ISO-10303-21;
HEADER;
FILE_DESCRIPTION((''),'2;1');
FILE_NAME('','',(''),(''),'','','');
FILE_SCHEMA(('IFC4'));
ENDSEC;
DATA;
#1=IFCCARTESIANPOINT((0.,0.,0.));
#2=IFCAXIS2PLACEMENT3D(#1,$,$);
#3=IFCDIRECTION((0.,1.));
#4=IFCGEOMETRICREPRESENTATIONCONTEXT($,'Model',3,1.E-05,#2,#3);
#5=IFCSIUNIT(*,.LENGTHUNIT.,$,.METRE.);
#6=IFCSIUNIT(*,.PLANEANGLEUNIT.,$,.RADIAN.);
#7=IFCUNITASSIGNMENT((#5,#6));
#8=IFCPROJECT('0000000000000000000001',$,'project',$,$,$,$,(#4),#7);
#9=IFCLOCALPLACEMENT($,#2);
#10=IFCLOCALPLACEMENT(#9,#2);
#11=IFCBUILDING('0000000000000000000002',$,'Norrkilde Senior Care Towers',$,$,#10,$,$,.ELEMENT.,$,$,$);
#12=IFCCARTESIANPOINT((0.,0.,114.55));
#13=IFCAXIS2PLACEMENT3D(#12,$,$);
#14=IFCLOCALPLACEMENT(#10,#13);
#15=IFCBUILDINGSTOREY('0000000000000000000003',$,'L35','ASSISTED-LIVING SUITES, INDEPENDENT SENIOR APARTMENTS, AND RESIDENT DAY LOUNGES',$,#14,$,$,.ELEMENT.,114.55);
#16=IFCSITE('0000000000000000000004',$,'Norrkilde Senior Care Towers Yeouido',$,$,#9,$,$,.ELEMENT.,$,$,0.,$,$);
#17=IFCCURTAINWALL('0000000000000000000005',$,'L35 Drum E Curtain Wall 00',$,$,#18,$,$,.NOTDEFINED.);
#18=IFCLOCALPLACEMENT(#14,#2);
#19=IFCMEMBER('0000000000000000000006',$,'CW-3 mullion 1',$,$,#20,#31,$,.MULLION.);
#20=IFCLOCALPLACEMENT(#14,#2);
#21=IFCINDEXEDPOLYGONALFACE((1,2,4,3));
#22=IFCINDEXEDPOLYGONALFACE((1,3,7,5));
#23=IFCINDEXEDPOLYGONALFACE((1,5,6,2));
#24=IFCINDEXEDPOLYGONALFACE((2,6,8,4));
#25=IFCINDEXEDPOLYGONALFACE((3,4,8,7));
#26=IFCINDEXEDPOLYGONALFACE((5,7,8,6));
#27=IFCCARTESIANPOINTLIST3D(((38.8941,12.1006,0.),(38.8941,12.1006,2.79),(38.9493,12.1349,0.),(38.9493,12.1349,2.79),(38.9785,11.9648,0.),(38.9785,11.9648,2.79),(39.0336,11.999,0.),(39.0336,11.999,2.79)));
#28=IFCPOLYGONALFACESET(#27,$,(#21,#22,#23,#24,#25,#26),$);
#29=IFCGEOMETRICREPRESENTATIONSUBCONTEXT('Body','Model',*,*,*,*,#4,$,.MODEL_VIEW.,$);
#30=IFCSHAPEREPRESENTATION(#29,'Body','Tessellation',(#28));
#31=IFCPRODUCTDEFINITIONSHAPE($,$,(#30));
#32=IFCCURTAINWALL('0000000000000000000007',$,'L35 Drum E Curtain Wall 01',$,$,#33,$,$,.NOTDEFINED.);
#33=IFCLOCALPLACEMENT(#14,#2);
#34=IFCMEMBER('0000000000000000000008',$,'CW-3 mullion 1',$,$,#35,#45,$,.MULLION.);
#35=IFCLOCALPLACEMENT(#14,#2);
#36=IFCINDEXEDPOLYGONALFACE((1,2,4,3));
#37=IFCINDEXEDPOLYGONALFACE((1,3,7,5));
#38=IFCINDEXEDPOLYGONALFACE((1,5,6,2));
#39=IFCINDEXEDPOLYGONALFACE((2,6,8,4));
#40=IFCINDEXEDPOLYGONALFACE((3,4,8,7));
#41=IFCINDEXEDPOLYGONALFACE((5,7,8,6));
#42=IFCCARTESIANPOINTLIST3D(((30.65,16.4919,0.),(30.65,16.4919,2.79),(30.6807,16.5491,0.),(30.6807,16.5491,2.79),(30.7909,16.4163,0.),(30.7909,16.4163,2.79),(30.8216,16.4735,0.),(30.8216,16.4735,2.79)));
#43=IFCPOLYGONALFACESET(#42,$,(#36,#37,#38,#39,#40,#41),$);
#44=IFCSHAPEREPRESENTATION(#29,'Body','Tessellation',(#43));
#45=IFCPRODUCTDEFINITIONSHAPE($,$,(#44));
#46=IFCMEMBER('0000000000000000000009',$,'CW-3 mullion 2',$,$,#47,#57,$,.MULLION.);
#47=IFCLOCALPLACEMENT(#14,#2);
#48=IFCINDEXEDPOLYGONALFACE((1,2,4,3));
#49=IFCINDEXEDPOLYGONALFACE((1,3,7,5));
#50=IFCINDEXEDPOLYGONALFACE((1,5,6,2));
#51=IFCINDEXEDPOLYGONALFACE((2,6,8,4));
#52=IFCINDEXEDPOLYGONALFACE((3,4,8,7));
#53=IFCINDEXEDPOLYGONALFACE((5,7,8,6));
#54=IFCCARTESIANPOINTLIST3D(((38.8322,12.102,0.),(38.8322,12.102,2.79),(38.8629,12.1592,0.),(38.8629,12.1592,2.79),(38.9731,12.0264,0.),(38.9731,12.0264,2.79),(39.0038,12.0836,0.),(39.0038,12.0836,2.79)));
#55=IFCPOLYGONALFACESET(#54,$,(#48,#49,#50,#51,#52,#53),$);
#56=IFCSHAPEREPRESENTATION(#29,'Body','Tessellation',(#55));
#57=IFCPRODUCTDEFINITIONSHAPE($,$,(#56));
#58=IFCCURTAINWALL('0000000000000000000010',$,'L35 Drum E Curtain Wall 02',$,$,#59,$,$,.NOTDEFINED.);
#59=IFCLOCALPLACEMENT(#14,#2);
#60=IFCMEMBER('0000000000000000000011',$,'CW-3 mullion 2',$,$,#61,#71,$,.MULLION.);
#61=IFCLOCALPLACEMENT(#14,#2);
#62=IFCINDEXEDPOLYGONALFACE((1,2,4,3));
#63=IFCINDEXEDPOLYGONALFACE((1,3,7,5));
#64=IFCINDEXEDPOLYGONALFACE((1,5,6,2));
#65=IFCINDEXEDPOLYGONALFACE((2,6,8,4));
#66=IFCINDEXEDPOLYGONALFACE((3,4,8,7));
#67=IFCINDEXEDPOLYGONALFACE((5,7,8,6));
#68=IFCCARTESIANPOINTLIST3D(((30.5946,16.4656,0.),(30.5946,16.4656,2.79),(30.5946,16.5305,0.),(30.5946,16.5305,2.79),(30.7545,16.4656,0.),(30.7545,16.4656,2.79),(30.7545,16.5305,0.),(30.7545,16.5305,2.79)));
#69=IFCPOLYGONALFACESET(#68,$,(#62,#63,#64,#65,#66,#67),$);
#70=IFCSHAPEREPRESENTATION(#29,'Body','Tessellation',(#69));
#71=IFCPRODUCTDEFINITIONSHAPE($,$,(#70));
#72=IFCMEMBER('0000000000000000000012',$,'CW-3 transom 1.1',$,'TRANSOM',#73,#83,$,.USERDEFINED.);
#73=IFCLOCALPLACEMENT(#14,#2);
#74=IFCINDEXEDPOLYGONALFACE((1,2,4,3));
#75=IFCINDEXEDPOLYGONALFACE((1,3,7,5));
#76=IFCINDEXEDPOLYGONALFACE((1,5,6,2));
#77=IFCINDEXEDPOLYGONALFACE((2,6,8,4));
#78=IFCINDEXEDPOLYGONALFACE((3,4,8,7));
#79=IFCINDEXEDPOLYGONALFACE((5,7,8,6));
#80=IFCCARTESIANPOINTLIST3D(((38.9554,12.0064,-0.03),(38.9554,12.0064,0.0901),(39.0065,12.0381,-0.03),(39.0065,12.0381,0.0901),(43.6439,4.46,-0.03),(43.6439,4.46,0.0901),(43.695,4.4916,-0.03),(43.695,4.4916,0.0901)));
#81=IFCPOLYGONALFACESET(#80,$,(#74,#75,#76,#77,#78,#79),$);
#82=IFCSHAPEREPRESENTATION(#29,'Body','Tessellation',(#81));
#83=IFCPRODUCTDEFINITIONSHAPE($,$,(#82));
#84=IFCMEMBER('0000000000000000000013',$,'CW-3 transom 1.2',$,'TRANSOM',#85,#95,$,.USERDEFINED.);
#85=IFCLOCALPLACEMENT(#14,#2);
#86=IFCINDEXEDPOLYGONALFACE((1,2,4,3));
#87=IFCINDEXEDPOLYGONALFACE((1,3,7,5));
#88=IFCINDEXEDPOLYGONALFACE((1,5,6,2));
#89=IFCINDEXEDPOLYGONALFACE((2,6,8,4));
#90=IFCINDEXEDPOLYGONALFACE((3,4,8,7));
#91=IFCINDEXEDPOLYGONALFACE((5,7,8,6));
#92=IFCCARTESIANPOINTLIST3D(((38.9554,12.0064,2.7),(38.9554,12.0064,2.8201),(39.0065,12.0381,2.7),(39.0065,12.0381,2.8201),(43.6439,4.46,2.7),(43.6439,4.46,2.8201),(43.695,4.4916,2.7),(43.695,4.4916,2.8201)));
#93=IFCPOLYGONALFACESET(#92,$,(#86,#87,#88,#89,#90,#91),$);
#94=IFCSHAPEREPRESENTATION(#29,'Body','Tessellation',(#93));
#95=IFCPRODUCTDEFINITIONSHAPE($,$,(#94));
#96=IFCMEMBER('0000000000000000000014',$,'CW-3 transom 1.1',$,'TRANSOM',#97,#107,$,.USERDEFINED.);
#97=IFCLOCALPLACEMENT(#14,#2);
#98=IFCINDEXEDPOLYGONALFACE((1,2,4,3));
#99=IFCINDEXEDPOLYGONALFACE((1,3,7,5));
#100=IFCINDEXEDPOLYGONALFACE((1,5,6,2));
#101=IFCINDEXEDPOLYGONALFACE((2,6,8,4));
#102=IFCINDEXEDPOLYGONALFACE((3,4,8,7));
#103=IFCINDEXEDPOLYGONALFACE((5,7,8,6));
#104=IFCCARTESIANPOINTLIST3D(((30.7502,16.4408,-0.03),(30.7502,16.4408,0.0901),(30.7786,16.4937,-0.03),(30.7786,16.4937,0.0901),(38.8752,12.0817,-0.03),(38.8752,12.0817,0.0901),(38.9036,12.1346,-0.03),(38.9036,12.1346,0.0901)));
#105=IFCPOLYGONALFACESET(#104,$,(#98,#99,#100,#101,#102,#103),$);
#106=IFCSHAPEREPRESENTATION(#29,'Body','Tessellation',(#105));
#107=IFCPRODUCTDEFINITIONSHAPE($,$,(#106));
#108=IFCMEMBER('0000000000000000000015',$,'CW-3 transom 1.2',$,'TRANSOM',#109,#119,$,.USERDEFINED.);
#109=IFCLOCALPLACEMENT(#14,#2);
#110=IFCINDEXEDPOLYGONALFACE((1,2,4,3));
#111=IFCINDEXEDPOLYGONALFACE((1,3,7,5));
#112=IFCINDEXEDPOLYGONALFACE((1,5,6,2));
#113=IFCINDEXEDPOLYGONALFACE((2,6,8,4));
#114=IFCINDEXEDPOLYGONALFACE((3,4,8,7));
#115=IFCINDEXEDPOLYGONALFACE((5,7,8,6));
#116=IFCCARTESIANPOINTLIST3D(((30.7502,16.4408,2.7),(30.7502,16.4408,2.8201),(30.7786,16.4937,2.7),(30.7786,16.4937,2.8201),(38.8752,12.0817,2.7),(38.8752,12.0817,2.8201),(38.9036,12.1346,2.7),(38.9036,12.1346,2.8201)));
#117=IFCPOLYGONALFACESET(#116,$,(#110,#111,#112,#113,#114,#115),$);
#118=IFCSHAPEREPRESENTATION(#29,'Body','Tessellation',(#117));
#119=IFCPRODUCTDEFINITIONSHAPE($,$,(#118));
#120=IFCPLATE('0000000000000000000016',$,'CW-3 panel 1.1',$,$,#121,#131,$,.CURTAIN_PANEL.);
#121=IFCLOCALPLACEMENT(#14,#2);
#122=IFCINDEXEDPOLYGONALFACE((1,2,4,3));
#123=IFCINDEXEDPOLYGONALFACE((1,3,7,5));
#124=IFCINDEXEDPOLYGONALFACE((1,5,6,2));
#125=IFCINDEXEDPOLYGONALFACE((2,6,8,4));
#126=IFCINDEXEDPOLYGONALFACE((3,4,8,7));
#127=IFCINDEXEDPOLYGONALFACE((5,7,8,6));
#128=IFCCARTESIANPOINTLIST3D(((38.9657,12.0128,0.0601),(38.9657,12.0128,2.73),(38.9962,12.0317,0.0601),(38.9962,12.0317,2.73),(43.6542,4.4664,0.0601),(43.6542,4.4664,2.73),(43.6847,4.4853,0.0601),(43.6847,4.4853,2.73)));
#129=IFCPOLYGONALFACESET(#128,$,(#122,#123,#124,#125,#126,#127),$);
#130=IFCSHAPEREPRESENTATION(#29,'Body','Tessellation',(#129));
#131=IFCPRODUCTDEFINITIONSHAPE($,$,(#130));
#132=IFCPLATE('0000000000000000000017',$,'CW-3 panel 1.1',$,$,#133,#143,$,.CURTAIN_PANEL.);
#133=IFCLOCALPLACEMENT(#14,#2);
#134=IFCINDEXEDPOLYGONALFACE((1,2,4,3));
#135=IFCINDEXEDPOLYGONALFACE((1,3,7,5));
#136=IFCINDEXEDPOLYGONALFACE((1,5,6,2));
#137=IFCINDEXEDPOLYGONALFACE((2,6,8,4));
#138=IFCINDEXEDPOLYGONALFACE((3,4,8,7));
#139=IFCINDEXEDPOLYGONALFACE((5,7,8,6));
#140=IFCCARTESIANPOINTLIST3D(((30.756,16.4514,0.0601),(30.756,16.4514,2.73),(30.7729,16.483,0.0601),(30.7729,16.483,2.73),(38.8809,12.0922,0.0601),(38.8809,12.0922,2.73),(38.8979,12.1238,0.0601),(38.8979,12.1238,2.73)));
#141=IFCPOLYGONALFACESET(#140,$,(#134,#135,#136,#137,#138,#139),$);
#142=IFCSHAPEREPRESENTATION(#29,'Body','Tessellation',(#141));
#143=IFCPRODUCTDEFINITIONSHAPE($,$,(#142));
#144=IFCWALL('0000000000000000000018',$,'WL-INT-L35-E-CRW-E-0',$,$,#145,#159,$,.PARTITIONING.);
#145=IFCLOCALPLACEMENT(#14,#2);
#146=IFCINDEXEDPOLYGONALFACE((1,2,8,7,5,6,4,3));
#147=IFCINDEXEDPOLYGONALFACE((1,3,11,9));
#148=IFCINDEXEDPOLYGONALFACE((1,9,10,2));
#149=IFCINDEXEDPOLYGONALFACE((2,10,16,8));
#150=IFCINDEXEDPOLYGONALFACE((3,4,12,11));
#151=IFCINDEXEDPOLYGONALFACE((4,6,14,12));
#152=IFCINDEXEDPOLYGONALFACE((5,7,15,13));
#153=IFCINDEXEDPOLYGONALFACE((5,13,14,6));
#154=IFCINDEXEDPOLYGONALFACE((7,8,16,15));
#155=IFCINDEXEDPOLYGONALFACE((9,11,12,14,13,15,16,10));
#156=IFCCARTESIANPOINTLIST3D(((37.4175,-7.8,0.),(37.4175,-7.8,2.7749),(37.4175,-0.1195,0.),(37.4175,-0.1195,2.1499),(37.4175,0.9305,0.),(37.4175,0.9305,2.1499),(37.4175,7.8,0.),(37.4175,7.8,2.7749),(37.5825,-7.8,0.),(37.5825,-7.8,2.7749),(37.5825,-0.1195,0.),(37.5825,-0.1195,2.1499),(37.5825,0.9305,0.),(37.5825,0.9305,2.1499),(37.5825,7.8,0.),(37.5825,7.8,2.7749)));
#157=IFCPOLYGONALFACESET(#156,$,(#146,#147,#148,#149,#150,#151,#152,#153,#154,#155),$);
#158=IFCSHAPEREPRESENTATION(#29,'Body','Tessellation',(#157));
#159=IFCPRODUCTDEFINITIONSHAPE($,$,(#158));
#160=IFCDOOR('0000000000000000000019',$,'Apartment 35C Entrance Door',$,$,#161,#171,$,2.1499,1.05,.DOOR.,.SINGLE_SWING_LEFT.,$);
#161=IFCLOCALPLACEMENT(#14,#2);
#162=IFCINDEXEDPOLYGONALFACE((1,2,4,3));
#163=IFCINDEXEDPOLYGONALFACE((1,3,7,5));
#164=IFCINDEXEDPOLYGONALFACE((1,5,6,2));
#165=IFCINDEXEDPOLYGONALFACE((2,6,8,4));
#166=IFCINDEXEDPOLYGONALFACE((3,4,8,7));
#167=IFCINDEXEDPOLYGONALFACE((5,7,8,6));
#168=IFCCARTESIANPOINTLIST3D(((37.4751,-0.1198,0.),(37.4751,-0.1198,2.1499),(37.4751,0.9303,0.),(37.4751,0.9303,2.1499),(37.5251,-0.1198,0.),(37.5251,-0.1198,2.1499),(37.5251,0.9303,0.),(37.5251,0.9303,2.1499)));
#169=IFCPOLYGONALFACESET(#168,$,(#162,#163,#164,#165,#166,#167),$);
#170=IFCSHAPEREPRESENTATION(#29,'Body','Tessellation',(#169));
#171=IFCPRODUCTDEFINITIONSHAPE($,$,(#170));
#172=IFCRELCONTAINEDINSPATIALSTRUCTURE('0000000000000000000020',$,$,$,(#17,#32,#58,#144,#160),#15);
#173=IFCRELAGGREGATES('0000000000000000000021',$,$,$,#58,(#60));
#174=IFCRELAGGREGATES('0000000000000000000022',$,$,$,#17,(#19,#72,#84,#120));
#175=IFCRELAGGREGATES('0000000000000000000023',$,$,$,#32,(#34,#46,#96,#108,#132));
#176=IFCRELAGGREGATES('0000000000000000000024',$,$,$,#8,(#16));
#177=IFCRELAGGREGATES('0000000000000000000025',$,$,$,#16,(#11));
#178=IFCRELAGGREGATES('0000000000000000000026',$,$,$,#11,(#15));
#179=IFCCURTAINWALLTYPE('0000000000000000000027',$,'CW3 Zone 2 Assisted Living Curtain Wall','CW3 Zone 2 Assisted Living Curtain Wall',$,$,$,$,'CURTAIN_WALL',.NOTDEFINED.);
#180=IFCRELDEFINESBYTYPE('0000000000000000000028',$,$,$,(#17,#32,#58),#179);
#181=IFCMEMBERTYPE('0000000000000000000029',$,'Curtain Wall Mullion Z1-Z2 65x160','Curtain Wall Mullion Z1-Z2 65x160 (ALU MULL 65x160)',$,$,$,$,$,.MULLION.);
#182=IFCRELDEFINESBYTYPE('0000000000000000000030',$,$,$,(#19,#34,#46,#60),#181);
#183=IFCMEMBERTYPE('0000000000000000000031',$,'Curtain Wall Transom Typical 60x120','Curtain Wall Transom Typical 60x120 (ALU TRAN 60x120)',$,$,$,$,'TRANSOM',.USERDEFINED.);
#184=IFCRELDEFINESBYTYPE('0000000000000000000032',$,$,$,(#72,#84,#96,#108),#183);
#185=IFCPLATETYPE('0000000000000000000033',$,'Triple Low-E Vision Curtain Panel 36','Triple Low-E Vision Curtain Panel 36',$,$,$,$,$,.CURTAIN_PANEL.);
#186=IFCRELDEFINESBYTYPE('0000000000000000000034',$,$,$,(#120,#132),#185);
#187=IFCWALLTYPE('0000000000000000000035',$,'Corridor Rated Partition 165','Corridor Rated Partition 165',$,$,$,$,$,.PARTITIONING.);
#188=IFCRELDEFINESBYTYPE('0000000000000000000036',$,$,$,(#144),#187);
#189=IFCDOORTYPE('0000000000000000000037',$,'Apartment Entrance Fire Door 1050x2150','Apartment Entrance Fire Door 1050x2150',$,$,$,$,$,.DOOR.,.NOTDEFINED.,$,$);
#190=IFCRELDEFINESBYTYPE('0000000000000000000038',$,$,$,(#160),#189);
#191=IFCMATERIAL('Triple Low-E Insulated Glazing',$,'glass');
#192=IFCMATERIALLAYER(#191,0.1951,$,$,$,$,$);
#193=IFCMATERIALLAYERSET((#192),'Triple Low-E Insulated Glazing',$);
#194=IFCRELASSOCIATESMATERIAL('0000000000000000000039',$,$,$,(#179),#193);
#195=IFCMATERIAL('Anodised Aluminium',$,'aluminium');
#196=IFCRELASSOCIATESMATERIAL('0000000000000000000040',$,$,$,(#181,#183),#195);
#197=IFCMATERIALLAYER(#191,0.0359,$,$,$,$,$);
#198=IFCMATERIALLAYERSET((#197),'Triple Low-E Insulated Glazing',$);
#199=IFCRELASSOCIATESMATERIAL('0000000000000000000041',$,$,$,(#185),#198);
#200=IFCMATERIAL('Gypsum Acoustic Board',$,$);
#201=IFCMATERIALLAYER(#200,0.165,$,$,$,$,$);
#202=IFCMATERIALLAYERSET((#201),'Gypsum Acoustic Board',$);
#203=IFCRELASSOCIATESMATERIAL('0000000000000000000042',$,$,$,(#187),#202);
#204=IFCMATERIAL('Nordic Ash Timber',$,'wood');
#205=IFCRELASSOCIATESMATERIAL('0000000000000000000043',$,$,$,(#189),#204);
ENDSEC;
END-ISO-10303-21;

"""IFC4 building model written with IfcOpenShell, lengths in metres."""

from ifc_helpers import new_model, si_unit, direction, frame, frame_2d, origin, origin_2d, place, context, subcontext, project, spatial, rectangle, extrude, source, transform, mapped, material, layer, layer_set, material_profile, profile_set, type_object, type_shapes, element, fill, aggregate, save


model = new_model("IFC4")

# Units and contexts
model_context = context("Model", 3, precision=1e-05, world=origin(), true_north=direction((0.0, 1.0)))
body_context = subcontext(model_context, "Body", "Model", "MODEL_VIEW")
ifc_project = project(units=[si_unit("LENGTHUNIT", "METRE"), si_unit("PLANEANGLEUNIT", "RADIAN")], contexts=[model_context])

# Site, building, storey
site_placement = place(None, origin())
site = spatial("IfcSite", under=ifc_project, at=site_placement, Name="Norrkilde Senior Care Towers Yeouido", CompositionType="ELEMENT", RefElevation=0.0)
building_placement = place(site_placement, origin())
building = spatial("IfcBuilding", under=site, at=building_placement, Name="Norrkilde Senior Care Towers", CompositionType="ELEMENT")
storey_placement = place(building_placement, frame((0.0, 0.0, 114.55)))
storey = spatial("IfcBuildingStorey", under=building, at=storey_placement, Name="L35", Description="ASSISTED-LIVING SUITES, INDEPENDENT SENIOR APARTMENTS, AND RESIDENT DAY LOUNGES", CompositionType="ELEMENT", Elevation=114.55)

# Curtain wall, member
ifc_material_1 = material(Name="Triple Low-E Insulated Glazing", Category="glass")
ifc_layer_1 = layer(ifc_material_1, 0.1951)
ifc_layer_set_1 = layer_set([ifc_layer_1], Name="Triple Low-E Insulated Glazing")
curtain_wall_type = type_object("IfcCurtainWallType", Name="CW3 Zone 2 Assisted Living Curtain Wall", Description="CW3 Zone 2 Assisted Living Curtain Wall", ElementType="CURTAIN_WALL", PredefinedType="NOTDEFINED", material=ifc_layer_set_1)
curtain_wall_1_placement = place(storey_placement, origin())
curtain_wall_1 = element("IfcCurtainWall", 1, at=curtain_wall_1_placement, inside=storey, type_object=curtain_wall_type, Name="L35 Drum E Curtain Wall 00", PredefinedType="NOTDEFINED")
ifc_material_2 = material(Name="Anodised Aluminium", Category="aluminium")
ifc_material_profile_1 = material_profile(ifc_material_2, rectangle(XDim=0.0649, YDim=0.1599, at=origin_2d()), Name="ALU MULL 65x160")
ifc_profile_set_1 = profile_set([ifc_material_profile_1], Name="Anodised Aluminium")
member_type_1 = type_object("IfcMemberType", Name="Curtain Wall Mullion Z1-Z2 65x160", Description="Curtain Wall Mullion Z1-Z2 65x160 (ALU MULL 65x160)", PredefinedType="MULLION", material=ifc_profile_set_1)
shared_shape_1 = source(origin(), body_context, "Body", "SweptSolid", [
    extrude(rectangle(XDim=0.0649, YDim=0.1599, at=origin_2d()), origin(), (0.0, 0.0, 1.0), 2.79),
])
type_shapes(member_type_1, [shared_shape_1])
member_1_placement = place(storey_placement, frame((38.9639, 12.0498, 0.0), z_axis=(0.0, 0.0, 1.0), x_axis=(0.84941, 0.527733, 0.0)))
member_1 = element("IfcMember", 2, at=member_1_placement, type_object=member_type_1, Name="CW-3 mullion 1", PredefinedType="MULLION", context=body_context, shape_type="MappedRepresentation", body=[
    mapped(shared_shape_1, transform((0.0, 0.0, 0.0), x_axis=(1.0, 0.0, 0.0), y_axis=(0.0, 1.0, 0.0), z_axis=(0.0, 0.0, 1.0), scale=1.0)),
])

# Curtain wall, members
curtain_wall_2_placement = place(storey_placement, origin())
curtain_wall_2 = element("IfcCurtainWall", 3, at=curtain_wall_2_placement, inside=storey, type_object=curtain_wall_type, Name="L35 Drum E Curtain Wall 01", PredefinedType="NOTDEFINED")
member_2_placement = place(storey_placement, frame((30.7358, 16.4827, 0.0), z_axis=(0.0, 0.0, 1.0), x_axis=(0.472769, 0.881186, 0.0)))
member_2 = element("IfcMember", 4, at=member_2_placement, type_object=member_type_1, Name="CW-3 mullion 1", PredefinedType="MULLION", context=body_context, shape_type="MappedRepresentation", body=[
    mapped(shared_shape_1, transform((0.0, 0.0, 0.0), x_axis=(1.0, 0.0, 0.0), y_axis=(0.0, 1.0, 0.0), z_axis=(0.0, 0.0, 1.0), scale=1.0)),
])
member_3_placement = place(storey_placement, frame((38.918, 12.0928, 0.0), z_axis=(0.0, 0.0, 1.0), x_axis=(0.472769, 0.881186, 0.0)))
member_3 = element("IfcMember", 5, at=member_3_placement, type_object=member_type_1, Name="CW-3 mullion 2", PredefinedType="MULLION", context=body_context, shape_type="MappedRepresentation", body=[
    mapped(shared_shape_1, transform((0.0, 0.0, 0.0), x_axis=(1.0, 0.0, 0.0), y_axis=(0.0, 1.0, 0.0), z_axis=(0.0, 0.0, 1.0), scale=1.0)),
])

# Curtain wall, member
curtain_wall_3_placement = place(storey_placement, origin())
curtain_wall_3 = element("IfcCurtainWall", 6, at=curtain_wall_3_placement, inside=storey, type_object=curtain_wall_type, Name="L35 Drum E Curtain Wall 02", PredefinedType="NOTDEFINED")
member_4_placement = place(storey_placement, frame((30.6746, 16.498, 0.0), z_axis=(0.0, 0.0, 1.0), x_axis=(0.0, 1.0, 0.0)))
member_4 = element("IfcMember", 7, at=member_4_placement, type_object=member_type_1, Name="CW-3 mullion 2", PredefinedType="MULLION", context=body_context, shape_type="MappedRepresentation", body=[
    mapped(shared_shape_1, transform((0.0, 0.0, 0.0), x_axis=(1.0, 0.0, 0.0), y_axis=(0.0, 1.0, 0.0), z_axis=(0.0, 0.0, 1.0), scale=1.0)),
])
aggregate(curtain_wall_3, [member_4])

# Members
ifc_material_profile_2 = material_profile(ifc_material_2, rectangle(XDim=0.0601, YDim=0.1201, at=origin_2d()), Name="ALU TRAN 60x120")
ifc_profile_set_2 = profile_set([ifc_material_profile_2], Name="Anodised Aluminium")
member_type_2 = type_object("IfcMemberType", Name="Curtain Wall Transom Typical 60x120", Description="Curtain Wall Transom Typical 60x120 (ALU TRAN 60x120)", ElementType="TRANSOM", PredefinedType="USERDEFINED", material=ifc_profile_set_2)
shared_shape_2 = source(origin(), body_context, "Body", "SweptSolid", [
    extrude(rectangle(XDim=0.0601, YDim=0.1201, at=origin_2d()), origin(), (0.0, 0.0, 1.0), 8.8843),
])
member_5_placement = place(storey_placement, frame((38.981, 12.0222, 0.03), z_axis=(0.527729, -0.849413, 0.0), x_axis=(0.849413, 0.527729, 0.0)))
member_5 = element("IfcMember", 8, at=member_5_placement, type_object=member_type_2, Name="CW-3 transom 1.1", ObjectType="TRANSOM", PredefinedType="USERDEFINED", context=body_context, shape_type="MappedRepresentation", body=[
    mapped(shared_shape_2, transform((0.0, 0.0, 0.0), x_axis=(1.0, 0.0, 0.0), y_axis=(0.0, 1.0, 0.0), z_axis=(0.0, 0.0, 1.0), scale=1.0)),
])
member_6_placement = place(storey_placement, frame((38.981, 12.0222, 2.76), z_axis=(0.527729, -0.849413, 0.0), x_axis=(0.849413, 0.527729, 0.0)))
member_6 = element("IfcMember", 9, at=member_6_placement, type_object=member_type_2, Name="CW-3 transom 1.2", ObjectType="TRANSOM", PredefinedType="USERDEFINED", context=body_context, shape_type="MappedRepresentation", body=[
    mapped(shared_shape_2, transform((0.0, 0.0, 0.0), x_axis=(1.0, 0.0, 0.0), y_axis=(0.0, 1.0, 0.0), z_axis=(0.0, 0.0, 1.0), scale=1.0)),
])
shared_shape_3 = source(origin(), body_context, "Body", "SweptSolid", [
    extrude(rectangle(XDim=0.0601, YDim=0.1201, at=origin_2d()), origin(), (0.0, 0.0, 1.0), 9.2205),
])
type_shapes(member_type_2, [shared_shape_2, shared_shape_3])
member_7_placement = place(storey_placement, frame((30.7644, 16.4673, 0.03), z_axis=(0.881189, -0.472765, 0.0), x_axis=(0.472765, 0.881189, 0.0)))
member_7 = element("IfcMember", 10, at=member_7_placement, type_object=member_type_2, Name="CW-3 transom 1.1", ObjectType="TRANSOM", PredefinedType="USERDEFINED", context=body_context, shape_type="MappedRepresentation", body=[
    mapped(shared_shape_3, transform((0.0, 0.0, 0.0), x_axis=(1.0, 0.0, 0.0), y_axis=(0.0, 1.0, 0.0), z_axis=(0.0, 0.0, 1.0), scale=1.0)),
])
member_8_placement = place(storey_placement, frame((30.7644, 16.4673, 2.76), z_axis=(0.881189, -0.472765, 0.0), x_axis=(0.472765, 0.881189, 0.0)))
member_8 = element("IfcMember", 11, at=member_8_placement, type_object=member_type_2, Name="CW-3 transom 1.2", ObjectType="TRANSOM", PredefinedType="USERDEFINED", context=body_context, shape_type="MappedRepresentation", body=[
    mapped(shared_shape_3, transform((0.0, 0.0, 0.0), x_axis=(1.0, 0.0, 0.0), y_axis=(0.0, 1.0, 0.0), z_axis=(0.0, 0.0, 1.0), scale=1.0)),
])

# Plates
ifc_layer_2 = layer(ifc_material_1, 0.0359)
ifc_layer_set_2 = layer_set([ifc_layer_2], Name="Triple Low-E Insulated Glazing")
plate_type = type_object("IfcPlateType", Name="Triple Low-E Vision Curtain Panel 36", Description="Triple Low-E Vision Curtain Panel 36", PredefinedType="CURTAIN_PANEL", material=ifc_layer_set_2)
shared_shape_4 = source(origin(), body_context, "Body", "SweptSolid", [
    extrude(rectangle(XDim=8.8843, YDim=0.0359, at=origin_2d()), origin(), (0.0, 0.0, 1.0), 2.6699),
])
plate_1_placement = place(storey_placement, frame((41.3252, 8.249, 0.0601), z_axis=(0.0, 0.0, 1.0), x_axis=(0.527733, -0.84941, 0.0)))
plate_1 = element("IfcPlate", 12, at=plate_1_placement, type_object=plate_type, Name="CW-3 panel 1.1", PredefinedType="CURTAIN_PANEL", context=body_context, shape_type="MappedRepresentation", body=[
    mapped(shared_shape_4, transform((0.0, 0.0, 0.0), x_axis=(1.0, 0.0, 0.0), y_axis=(0.0, 1.0, 0.0), z_axis=(0.0, 0.0, 1.0), scale=1.0)),
])
aggregate(curtain_wall_1, [member_1, member_5, member_6, plate_1])
shared_shape_5 = source(origin(), body_context, "Body", "SweptSolid", [
    extrude(rectangle(XDim=9.2205, YDim=0.0359, at=origin_2d()), origin(), (0.0, 0.0, 1.0), 2.6699),
])
type_shapes(plate_type, [shared_shape_4, shared_shape_5])
plate_2_placement = place(storey_placement, frame((34.8269, 14.2876, 0.0601), z_axis=(0.0, 0.0, 1.0), x_axis=(0.881186, -0.472769, 0.0)))
plate_2 = element("IfcPlate", 13, at=plate_2_placement, type_object=plate_type, Name="CW-3 panel 1.1", PredefinedType="CURTAIN_PANEL", context=body_context, shape_type="MappedRepresentation", body=[
    mapped(shared_shape_5, transform((0.0, 0.0, 0.0), x_axis=(1.0, 0.0, 0.0), y_axis=(0.0, 1.0, 0.0), z_axis=(0.0, 0.0, 1.0), scale=1.0)),
])
aggregate(curtain_wall_2, [member_2, member_3, member_7, member_8, plate_2])

# Wall, opening, door
ifc_material_3 = material(Name="Gypsum Acoustic Board")
ifc_layer_3 = layer(ifc_material_3, 0.165)
ifc_layer_set_3 = layer_set([ifc_layer_3], Name="Gypsum Acoustic Board")
wall_type_1 = type_object("IfcWallType", Name="Corridor Rated Partition 165", Description="Corridor Rated Partition 165", PredefinedType="PARTITIONING", material=ifc_layer_set_3)
shared_shape_6 = source(origin(), body_context, "Body", "SweptSolid", [
    extrude(rectangle(XDim=15.6001, YDim=0.165, at=frame_2d((7.8, 0.0))), origin(), (0.0, 0.0, 1.0), 2.7749),
])
wall_1_placement = place(storey_placement, frame((37.5, 7.8, 0.0), z_axis=(0.0, 0.0, 1.0), x_axis=(0.0, -1.0, 0.0)))
wall_1 = element("IfcWall", 14, at=wall_1_placement, inside=storey, type_object=wall_type_1, Name="WL-INT-L35-E-CRW-E-0", PredefinedType="PARTITIONING", context=body_context, shape_type="MappedRepresentation", body=[
    mapped(shared_shape_6, transform((0.0, 0.0, 0.0), x_axis=(1.0, 0.0, 0.0), y_axis=(0.0, 1.0, 0.0), z_axis=(0.0, 0.0, 1.0), scale=1.0)),
])
opening_1_placement = place(wall_1_placement, frame((6.8696, 0.0, 0.0)))
opening_1 = element("IfcOpeningElement", 15, at=opening_1_placement, cuts=wall_1, PredefinedType="OPENING", context=body_context, shape_type="SweptSolid", body=[
    extrude(rectangle(XDim=1.05, YDim=2.1499, at=frame_2d((0.5249, 1.075))), frame((0.0, 0.0925, 0.0), z_axis=(0.0, -1.0, 0.0), x_axis=(1.0, 0.0, 0.0)), (0.0, 0.0, 1.0), 0.1851),
])
ifc_material_4 = material(Name="Nordic Ash Timber", Category="wood")
door_type_1 = type_object("IfcDoorType", Name="Apartment Entrance Fire Door 1050x2150", Description="Apartment Entrance Fire Door 1050x2150", OperationType="NOTDEFINED", PredefinedType="DOOR", material=ifc_material_4)
shared_shape_7 = source(origin(), body_context, "Body", "SweptSolid", [
    extrude(rectangle(XDim=1.05, YDim=2.1499, at=frame_2d((0.5249, 1.075))), frame((0.0, 0.0249, 0.0), z_axis=(0.0, -1.0, 0.0), x_axis=(1.0, 0.0, 0.0)), (0.0, 0.0, 1.0), 0.05),
])
type_shapes(door_type_1, [shared_shape_7])
door_1_placement = place(opening_1_placement, frame((1.05, 0.0, 0.0), z_axis=(0.0, 0.0, 1.0), x_axis=(-1.0, 0.0, 0.0)))
door_1 = element("IfcDoor", 16, at=door_1_placement, inside=storey, type_object=door_type_1, Name="Apartment 35C Entrance Door", OperationType="SINGLE_SWING_LEFT", OverallHeight=2.1499, OverallWidth=1.05, PredefinedType="DOOR", context=body_context, shape_type="MappedRepresentation", body=[
    mapped(shared_shape_7, transform((0.0, 0.0, 0.0), x_axis=(1.0, 0.0, 0.0), y_axis=(0.0, 1.0, 0.0), z_axis=(0.0, 0.0, 1.0), scale=1.0)),
])
fill(opening_1, door_1)

save(model, "model.ifc")
